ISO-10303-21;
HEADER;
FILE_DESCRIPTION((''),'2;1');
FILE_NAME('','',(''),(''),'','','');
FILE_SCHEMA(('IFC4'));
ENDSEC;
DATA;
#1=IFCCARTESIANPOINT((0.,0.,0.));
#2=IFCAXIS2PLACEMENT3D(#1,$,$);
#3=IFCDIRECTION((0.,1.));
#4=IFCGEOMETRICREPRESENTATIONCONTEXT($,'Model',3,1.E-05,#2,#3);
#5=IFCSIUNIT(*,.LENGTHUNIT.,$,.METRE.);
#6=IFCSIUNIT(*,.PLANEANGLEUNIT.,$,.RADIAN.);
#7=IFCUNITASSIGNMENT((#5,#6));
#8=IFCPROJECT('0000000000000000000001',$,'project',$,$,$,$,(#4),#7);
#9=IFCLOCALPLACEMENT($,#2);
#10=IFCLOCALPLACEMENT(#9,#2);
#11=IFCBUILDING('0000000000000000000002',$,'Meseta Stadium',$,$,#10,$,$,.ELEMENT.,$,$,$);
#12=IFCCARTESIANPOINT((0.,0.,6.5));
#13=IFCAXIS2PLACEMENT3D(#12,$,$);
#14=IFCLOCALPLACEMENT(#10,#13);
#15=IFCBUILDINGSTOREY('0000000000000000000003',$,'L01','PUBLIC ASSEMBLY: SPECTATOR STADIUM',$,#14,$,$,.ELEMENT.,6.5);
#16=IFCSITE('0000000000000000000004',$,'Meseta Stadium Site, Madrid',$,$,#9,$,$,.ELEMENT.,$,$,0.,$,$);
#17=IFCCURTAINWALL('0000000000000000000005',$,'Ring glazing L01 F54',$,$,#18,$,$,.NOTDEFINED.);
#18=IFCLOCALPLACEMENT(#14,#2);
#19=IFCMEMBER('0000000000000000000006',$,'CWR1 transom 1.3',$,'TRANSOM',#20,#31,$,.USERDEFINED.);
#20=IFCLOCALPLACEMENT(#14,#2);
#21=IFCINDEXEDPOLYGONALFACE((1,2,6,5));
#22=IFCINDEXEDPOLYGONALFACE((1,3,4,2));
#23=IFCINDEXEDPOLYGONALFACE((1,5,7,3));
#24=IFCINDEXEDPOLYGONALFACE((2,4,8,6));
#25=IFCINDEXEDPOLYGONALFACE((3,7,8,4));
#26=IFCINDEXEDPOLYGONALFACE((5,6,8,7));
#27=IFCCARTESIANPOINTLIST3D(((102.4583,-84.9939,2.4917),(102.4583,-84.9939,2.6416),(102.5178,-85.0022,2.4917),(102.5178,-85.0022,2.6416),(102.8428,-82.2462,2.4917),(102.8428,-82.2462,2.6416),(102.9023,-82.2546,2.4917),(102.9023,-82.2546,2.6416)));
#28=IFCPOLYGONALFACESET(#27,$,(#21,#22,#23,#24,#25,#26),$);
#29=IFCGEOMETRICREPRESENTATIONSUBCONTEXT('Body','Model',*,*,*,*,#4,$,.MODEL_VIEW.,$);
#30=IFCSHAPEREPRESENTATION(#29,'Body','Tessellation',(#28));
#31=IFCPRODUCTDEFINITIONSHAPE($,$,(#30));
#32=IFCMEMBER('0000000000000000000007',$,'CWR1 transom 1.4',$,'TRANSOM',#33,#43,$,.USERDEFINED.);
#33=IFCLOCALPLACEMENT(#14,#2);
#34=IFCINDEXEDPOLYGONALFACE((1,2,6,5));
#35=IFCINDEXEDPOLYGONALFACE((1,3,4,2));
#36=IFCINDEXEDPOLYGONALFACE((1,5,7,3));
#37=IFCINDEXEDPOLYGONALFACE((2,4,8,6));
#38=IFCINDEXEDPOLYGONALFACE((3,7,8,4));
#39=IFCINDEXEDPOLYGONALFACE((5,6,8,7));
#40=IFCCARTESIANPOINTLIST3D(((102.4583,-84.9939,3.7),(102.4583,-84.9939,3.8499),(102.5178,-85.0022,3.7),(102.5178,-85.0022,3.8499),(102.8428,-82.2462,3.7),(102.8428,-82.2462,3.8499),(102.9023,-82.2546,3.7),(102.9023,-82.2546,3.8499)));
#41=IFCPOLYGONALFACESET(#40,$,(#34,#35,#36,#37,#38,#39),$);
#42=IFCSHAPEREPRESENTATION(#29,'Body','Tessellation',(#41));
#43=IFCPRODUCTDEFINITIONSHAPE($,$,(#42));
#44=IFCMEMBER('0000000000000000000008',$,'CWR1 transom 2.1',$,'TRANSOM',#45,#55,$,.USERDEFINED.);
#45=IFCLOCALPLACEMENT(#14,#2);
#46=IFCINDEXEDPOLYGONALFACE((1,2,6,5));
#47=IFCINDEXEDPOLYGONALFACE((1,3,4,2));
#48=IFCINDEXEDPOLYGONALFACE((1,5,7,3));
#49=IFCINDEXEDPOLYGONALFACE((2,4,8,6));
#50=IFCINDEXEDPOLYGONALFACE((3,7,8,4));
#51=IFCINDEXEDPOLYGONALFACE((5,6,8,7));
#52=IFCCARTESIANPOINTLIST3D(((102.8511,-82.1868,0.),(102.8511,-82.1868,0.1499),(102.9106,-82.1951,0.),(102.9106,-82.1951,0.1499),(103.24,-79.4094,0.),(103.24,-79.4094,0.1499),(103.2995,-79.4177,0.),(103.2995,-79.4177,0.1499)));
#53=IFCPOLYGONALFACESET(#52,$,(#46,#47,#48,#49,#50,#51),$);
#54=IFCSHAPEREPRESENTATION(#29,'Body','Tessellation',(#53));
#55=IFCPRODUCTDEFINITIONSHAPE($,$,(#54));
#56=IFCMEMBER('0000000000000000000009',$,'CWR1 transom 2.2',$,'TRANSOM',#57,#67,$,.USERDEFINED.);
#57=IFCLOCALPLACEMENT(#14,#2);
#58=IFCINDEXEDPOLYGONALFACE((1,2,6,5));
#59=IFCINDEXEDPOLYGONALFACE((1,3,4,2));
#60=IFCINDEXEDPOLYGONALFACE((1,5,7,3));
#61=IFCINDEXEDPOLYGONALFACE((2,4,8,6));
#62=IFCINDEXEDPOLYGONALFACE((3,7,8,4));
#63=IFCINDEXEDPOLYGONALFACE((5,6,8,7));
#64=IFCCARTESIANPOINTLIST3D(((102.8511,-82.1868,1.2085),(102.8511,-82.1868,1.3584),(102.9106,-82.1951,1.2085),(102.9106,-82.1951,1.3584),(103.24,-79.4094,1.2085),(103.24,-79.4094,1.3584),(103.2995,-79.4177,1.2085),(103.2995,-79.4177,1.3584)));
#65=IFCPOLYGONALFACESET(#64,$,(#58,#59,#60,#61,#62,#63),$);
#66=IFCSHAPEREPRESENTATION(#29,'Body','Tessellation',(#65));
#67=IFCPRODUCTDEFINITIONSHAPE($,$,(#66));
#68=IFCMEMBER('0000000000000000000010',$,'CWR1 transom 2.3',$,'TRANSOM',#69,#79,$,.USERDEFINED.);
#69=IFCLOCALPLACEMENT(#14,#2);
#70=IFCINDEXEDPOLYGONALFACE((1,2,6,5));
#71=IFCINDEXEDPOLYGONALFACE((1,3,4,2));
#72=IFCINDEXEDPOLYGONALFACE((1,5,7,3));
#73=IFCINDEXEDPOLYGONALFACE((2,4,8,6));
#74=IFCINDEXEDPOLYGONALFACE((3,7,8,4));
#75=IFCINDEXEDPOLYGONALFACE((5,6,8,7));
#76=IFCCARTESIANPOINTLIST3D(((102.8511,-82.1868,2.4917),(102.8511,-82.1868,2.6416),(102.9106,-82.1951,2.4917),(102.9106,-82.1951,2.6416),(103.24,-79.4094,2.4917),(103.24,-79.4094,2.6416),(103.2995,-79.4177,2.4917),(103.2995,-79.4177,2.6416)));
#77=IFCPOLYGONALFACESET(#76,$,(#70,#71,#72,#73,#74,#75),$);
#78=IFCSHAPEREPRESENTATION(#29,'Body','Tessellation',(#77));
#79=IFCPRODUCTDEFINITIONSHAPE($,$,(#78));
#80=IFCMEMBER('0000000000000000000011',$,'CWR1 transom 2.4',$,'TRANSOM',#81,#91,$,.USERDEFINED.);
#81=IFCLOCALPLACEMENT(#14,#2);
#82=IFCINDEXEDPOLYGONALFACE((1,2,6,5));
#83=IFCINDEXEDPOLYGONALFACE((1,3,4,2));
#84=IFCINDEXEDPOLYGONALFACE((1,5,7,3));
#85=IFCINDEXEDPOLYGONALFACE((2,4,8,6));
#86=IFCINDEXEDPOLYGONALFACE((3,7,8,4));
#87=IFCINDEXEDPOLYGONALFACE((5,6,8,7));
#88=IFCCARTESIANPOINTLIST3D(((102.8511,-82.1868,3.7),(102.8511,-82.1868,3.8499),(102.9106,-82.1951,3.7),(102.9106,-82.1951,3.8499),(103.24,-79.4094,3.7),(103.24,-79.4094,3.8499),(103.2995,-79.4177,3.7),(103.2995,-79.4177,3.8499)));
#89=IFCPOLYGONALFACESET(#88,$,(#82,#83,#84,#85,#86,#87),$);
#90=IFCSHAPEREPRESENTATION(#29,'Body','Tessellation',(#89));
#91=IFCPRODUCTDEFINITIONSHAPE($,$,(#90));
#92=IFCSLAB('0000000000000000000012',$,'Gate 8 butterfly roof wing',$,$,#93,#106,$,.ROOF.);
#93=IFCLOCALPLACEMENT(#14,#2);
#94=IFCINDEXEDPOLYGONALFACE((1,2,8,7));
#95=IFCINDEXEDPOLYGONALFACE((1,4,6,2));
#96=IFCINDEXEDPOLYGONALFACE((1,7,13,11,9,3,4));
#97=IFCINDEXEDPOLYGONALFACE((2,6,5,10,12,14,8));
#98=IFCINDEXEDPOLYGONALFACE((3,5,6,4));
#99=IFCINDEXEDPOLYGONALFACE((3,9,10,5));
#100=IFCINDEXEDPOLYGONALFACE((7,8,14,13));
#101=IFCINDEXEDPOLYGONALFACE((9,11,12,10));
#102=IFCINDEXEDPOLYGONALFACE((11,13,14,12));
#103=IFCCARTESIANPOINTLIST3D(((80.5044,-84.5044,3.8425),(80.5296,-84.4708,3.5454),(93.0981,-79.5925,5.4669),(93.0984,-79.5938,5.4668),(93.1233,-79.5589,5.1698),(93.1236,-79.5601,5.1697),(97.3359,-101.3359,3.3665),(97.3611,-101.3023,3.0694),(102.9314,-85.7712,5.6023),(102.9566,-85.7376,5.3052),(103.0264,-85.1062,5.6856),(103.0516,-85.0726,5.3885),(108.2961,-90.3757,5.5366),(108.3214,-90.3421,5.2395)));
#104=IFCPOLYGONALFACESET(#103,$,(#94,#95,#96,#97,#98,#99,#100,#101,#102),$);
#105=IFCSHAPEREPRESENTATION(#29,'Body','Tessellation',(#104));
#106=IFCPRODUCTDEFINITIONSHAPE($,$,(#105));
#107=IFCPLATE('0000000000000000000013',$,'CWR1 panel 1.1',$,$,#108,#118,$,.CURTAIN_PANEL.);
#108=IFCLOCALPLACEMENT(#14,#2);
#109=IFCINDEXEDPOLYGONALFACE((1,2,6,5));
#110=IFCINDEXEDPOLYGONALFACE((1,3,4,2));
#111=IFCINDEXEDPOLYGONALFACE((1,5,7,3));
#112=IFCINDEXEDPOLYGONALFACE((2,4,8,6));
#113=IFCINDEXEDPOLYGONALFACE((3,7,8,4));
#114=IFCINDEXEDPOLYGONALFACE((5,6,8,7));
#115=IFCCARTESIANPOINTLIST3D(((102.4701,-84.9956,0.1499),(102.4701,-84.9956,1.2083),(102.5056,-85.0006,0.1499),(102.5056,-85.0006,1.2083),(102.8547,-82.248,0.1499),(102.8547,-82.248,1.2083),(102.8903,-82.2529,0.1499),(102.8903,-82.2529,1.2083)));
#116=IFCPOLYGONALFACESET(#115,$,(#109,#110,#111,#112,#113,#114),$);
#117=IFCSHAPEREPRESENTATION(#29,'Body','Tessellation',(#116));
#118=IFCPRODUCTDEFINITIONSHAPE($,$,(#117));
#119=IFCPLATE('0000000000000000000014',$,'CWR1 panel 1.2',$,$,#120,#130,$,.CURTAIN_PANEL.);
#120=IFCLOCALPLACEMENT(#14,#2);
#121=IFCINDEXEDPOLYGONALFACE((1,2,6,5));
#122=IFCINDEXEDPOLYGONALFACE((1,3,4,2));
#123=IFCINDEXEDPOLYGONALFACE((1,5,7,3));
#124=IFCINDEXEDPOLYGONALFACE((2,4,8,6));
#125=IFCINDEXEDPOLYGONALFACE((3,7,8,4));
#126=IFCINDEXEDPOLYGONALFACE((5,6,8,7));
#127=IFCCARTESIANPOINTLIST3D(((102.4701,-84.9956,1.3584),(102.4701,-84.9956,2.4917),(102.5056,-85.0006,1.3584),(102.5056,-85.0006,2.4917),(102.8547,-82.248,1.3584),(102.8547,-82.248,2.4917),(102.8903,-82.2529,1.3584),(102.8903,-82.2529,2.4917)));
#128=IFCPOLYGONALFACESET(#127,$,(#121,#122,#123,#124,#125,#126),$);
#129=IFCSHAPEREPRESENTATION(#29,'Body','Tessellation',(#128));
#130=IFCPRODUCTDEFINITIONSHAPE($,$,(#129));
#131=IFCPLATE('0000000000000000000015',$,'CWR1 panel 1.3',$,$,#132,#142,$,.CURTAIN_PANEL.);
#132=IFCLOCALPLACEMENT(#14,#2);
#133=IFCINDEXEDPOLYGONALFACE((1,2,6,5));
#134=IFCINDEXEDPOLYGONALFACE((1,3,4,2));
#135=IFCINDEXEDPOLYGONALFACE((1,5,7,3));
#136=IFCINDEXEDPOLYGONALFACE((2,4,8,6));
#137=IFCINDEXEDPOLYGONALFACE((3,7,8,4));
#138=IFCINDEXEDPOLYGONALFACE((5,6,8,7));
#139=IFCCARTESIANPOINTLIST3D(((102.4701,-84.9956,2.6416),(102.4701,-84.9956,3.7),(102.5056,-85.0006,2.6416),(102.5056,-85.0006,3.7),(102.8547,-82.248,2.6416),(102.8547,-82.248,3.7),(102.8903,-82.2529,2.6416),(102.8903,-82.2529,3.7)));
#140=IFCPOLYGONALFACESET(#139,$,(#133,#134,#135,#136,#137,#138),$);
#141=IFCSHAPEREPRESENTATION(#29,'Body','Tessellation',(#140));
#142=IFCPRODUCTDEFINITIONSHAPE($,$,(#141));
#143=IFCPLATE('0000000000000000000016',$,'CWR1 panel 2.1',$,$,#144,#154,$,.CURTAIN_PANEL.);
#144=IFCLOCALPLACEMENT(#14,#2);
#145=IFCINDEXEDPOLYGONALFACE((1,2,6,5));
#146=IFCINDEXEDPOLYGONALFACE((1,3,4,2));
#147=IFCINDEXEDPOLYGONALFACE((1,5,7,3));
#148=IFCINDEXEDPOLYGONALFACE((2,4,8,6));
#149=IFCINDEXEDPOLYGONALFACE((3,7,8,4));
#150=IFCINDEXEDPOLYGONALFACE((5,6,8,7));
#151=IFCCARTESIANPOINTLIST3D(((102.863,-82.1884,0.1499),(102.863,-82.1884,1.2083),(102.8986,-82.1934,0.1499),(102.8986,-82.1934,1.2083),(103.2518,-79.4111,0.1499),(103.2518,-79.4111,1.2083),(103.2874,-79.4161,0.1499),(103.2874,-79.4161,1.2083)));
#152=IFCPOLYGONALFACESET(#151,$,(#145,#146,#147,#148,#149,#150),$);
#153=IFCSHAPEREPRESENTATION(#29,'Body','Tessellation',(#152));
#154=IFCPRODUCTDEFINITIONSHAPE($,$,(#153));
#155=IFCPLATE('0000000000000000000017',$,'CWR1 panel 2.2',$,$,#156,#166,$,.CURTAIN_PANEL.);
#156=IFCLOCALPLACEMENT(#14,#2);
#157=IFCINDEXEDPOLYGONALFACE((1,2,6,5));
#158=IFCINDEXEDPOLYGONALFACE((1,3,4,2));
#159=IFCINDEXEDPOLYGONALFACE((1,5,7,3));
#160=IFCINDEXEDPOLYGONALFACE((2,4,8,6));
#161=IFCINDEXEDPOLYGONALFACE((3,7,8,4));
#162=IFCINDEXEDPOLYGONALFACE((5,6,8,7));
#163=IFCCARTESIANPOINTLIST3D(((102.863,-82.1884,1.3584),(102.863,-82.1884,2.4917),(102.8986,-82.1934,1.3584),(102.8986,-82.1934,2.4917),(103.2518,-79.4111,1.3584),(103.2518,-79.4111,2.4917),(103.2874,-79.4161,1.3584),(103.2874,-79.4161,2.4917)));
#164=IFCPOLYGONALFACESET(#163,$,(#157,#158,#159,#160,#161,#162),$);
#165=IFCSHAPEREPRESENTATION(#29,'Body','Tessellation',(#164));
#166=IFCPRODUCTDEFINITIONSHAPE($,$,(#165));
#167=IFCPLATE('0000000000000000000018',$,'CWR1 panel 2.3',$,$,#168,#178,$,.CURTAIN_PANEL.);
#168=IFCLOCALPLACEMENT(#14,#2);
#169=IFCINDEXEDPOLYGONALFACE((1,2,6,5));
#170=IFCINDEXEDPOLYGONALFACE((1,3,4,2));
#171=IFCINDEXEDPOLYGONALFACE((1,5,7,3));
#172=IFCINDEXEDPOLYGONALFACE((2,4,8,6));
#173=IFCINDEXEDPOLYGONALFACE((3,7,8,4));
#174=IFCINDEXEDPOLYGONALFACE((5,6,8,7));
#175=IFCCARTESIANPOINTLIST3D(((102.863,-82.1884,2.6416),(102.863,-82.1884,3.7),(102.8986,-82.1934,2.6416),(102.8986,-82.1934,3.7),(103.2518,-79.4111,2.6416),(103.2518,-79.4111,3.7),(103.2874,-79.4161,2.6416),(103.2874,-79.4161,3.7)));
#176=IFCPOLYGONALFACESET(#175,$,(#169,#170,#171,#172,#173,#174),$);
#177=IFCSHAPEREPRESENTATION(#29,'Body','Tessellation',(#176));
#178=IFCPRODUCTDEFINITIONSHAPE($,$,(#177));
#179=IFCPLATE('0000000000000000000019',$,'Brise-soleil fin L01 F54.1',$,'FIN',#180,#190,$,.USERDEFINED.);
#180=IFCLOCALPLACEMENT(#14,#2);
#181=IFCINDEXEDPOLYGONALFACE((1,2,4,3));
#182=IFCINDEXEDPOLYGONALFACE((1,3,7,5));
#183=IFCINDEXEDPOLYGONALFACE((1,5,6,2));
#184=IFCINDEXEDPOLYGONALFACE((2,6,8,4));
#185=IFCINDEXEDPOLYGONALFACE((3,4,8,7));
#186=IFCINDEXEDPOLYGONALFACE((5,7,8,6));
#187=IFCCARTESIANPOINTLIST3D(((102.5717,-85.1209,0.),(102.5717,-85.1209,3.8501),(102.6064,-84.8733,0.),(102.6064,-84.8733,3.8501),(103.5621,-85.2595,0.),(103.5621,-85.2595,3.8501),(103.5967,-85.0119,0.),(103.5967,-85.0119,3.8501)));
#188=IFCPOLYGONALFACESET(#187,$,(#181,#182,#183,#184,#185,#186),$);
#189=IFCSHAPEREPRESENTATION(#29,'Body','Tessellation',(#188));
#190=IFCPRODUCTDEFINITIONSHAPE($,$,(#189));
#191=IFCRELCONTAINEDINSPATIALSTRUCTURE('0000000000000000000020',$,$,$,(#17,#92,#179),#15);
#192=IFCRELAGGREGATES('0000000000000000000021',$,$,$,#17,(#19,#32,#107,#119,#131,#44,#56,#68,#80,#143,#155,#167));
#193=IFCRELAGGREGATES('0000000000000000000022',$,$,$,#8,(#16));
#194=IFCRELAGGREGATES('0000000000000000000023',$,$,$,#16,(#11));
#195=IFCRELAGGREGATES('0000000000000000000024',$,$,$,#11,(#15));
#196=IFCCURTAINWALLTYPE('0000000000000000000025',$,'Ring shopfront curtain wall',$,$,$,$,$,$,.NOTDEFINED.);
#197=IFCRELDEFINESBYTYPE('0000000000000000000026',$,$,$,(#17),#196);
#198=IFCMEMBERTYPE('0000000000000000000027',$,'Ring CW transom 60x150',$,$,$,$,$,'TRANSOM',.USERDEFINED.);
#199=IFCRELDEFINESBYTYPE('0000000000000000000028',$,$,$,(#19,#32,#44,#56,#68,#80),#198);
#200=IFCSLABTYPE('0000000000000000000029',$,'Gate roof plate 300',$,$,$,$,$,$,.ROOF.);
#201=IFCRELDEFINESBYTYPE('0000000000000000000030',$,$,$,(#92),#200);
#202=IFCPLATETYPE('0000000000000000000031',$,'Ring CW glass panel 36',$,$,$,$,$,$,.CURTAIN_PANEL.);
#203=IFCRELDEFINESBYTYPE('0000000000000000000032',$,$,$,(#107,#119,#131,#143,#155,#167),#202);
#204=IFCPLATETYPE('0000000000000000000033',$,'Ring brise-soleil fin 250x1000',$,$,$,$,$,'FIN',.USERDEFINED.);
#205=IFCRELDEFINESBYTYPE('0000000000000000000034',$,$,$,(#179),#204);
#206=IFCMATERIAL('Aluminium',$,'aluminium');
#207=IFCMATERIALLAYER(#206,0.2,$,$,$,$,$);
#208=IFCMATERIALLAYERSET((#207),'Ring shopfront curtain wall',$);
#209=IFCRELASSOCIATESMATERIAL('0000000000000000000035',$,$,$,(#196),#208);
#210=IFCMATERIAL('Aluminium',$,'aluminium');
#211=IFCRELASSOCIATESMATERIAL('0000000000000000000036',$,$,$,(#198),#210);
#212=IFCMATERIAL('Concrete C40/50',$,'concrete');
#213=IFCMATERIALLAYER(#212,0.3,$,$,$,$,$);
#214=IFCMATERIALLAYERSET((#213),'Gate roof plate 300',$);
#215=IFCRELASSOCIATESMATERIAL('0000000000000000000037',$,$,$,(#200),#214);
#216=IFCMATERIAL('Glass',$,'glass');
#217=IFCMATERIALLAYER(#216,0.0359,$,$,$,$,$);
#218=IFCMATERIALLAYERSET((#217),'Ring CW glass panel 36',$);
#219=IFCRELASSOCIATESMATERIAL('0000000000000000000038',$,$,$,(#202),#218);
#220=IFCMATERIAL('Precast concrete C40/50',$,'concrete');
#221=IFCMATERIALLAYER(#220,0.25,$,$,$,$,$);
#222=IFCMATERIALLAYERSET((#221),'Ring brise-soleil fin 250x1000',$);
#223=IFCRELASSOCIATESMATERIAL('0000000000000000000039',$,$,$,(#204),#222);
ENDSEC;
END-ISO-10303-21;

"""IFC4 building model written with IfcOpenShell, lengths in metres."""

from ifc_helpers import new_model, si_unit, direction, frame, origin, origin_2d, place, context, subcontext, project, spatial, polyline, rectangle, outline, extrude, material, layer, layer_set, material_profile, profile_set, type_object, element, aggregate, save


model = new_model("IFC4")

# Units and contexts
model_context = context("Model", 3, precision=1e-05, world=origin(), true_north=direction((0.0, 1.0)))
body_context = subcontext(model_context, "Body", "Model", "MODEL_VIEW")
ifc_project = project(units=[si_unit("LENGTHUNIT", "METRE"), si_unit("PLANEANGLEUNIT", "RADIAN")], contexts=[model_context])

# Site, building, storey
site_placement = place(None, origin())
site = spatial("IfcSite", under=ifc_project, at=site_placement, Name="Meseta Stadium Site, Madrid", CompositionType="ELEMENT", RefElevation=0.0)
building_placement = place(site_placement, origin())
building = spatial("IfcBuilding", under=site, at=building_placement, Name="Meseta Stadium", CompositionType="ELEMENT")
storey_placement = place(building_placement, frame((0.0, 0.0, 6.5)))
storey = spatial("IfcBuildingStorey", under=building, at=storey_placement, Name="L01", Description="PUBLIC ASSEMBLY: SPECTATOR STADIUM", CompositionType="ELEMENT", Elevation=6.5)

# Curtain wall, members
ifc_material_1 = material(Name="Aluminium", Category="aluminium")
ifc_layer_1 = layer(ifc_material_1, 0.2)
ifc_layer_set_1 = layer_set([ifc_layer_1], Name="Ring shopfront curtain wall")
curtain_wall_type = type_object("IfcCurtainWallType", Name="Ring shopfront curtain wall", PredefinedType="NOTDEFINED", material=ifc_layer_set_1)
curtain_wall_placement = place(storey_placement, origin())
curtain_wall = element("IfcCurtainWall", 1, at=curtain_wall_placement, inside=storey, type_object=curtain_wall_type, Name="Ring glazing L01 F54", PredefinedType="NOTDEFINED")
ifc_material_2 = material(Name="Aluminium", Category="aluminium")
ifc_material_profile_1 = material_profile(ifc_material_2, rectangle(XDim=0.0601, YDim=0.1499, at=origin_2d()), Name="CW 60x150")
ifc_profile_set_1 = profile_set([ifc_material_profile_1], Name="Aluminium")
member_type_1 = type_object("IfcMemberType", Name="Ring CW transom 60x150", ElementType="TRANSOM", PredefinedType="USERDEFINED", material=ifc_profile_set_1)
member_1_placement = place(storey_placement, frame((102.488, -84.998, 2.5667), z_axis=(0.1386, 0.990349, 0.0), x_axis=(-0.990349, 0.1386, 0.0)))
member_1 = element("IfcMember", 2, at=member_1_placement, type_object=member_type_1, Name="CWR1 transom 1.3", ObjectType="TRANSOM", PredefinedType="USERDEFINED", context=body_context, shape_type="SweptSolid", body=[
    extrude(rectangle(XDim=0.0601, YDim=0.1499, at=origin_2d()), origin(), (0.0, 0.0, 1.0), 2.7744),
])
member_2_placement = place(storey_placement, frame((102.488, -84.998, 3.7749), z_axis=(0.1386, 0.990349, 0.0), x_axis=(-0.990349, 0.1386, 0.0)))
member_2 = element("IfcMember", 3, at=member_2_placement, type_object=member_type_1, Name="CWR1 transom 1.4", ObjectType="TRANSOM", PredefinedType="USERDEFINED", context=body_context, shape_type="SweptSolid", body=[
    extrude(rectangle(XDim=0.0601, YDim=0.1499, at=origin_2d()), origin(), (0.0, 0.0, 1.0), 2.7744),
])
member_3_placement = place(storey_placement, frame((102.8809, -82.1909, 0.075), z_axis=(0.138679, 0.990337, 0.0), x_axis=(-0.990337, 0.138679, 0.0)))
member_3 = element("IfcMember", 4, at=member_3_placement, type_object=member_type_1, Name="CWR1 transom 2.1", ObjectType="TRANSOM", PredefinedType="USERDEFINED", context=body_context, shape_type="SweptSolid", body=[
    extrude(rectangle(XDim=0.0601, YDim=0.1499, at=origin_2d()), origin(), (0.0, 0.0, 1.0), 2.8044),
])
member_4_placement = place(storey_placement, frame((102.8809, -82.1909, 1.2834), z_axis=(0.138679, 0.990337, 0.0), x_axis=(-0.990337, 0.138679, 0.0)))
member_4 = element("IfcMember", 5, at=member_4_placement, type_object=member_type_1, Name="CWR1 transom 2.2", ObjectType="TRANSOM", PredefinedType="USERDEFINED", context=body_context, shape_type="SweptSolid", body=[
    extrude(rectangle(XDim=0.0601, YDim=0.1499, at=origin_2d()), origin(), (0.0, 0.0, 1.0), 2.8044),
])
member_5_placement = place(storey_placement, frame((102.8809, -82.1909, 2.5667), z_axis=(0.138679, 0.990337, 0.0), x_axis=(-0.990337, 0.138679, 0.0)))
member_5 = element("IfcMember", 6, at=member_5_placement, type_object=member_type_1, Name="CWR1 transom 2.3", ObjectType="TRANSOM", PredefinedType="USERDEFINED", context=body_context, shape_type="SweptSolid", body=[
    extrude(rectangle(XDim=0.0601, YDim=0.1499, at=origin_2d()), origin(), (0.0, 0.0, 1.0), 2.8044),
])
member_6_placement = place(storey_placement, frame((102.8809, -82.1909, 3.7749), z_axis=(0.138679, 0.990337, 0.0), x_axis=(-0.990337, 0.138679, 0.0)))
member_6 = element("IfcMember", 7, at=member_6_placement, type_object=member_type_1, Name="CWR1 transom 2.4", ObjectType="TRANSOM", PredefinedType="USERDEFINED", context=body_context, shape_type="SweptSolid", body=[
    extrude(rectangle(XDim=0.0601, YDim=0.1499, at=origin_2d()), origin(), (0.0, 0.0, 1.0), 2.8044),
])

# Slab
ifc_material_3 = material(Name="Concrete C40/50", Category="concrete")
ifc_layer_2 = layer(ifc_material_3, 0.3)
ifc_layer_set_2 = layer_set([ifc_layer_2], Name="Gate roof plate 300")
slab_type = type_object("IfcSlabType", Name="Gate roof plate 300", PredefinedType="ROOF", material=ifc_layer_set_2)
slab_placement = place(storey_placement, frame((102.9314, -85.7712, 5.6023), z_axis=(-0.084021, -0.112023, 0.990147), x_axis=(-0.846665, 0.531999, -0.011656)))
element("IfcSlab", 8, at=slab_placement, inside=storey, type_object=slab_type, Name="Gate 8 butterfly roof wing", PredefinedType="ROOF", context=body_context, shape_type="SweptSolid", body=[
    extrude(outline(polyline([(0.0, 0.0), (11.6141, 0.0), (11.6133, 0.0009), (19.6826, 10.9666), (-3.5169, 16.3156), (-6.991, 1.0548), (0.2724, -0.6197), (0.0, 0.0)])), origin(), (0.0, 0.0, -1.0), 0.3),
])

# Plates
ifc_material_4 = material(Name="Glass", Category="glass")
ifc_layer_3 = layer(ifc_material_4, 0.0359)
ifc_layer_set_3 = layer_set([ifc_layer_3], Name="Ring CW glass panel 36")
plate_type_1 = type_object("IfcPlateType", Name="Ring CW glass panel 36", PredefinedType="CURTAIN_PANEL", material=ifc_layer_set_3)
plate_1_placement = place(storey_placement, frame((102.6802, -83.6243, 0.1499), z_axis=(0.0, 0.0, 1.0), x_axis=(0.138643, 0.990342, 0.0)))
plate_1 = element("IfcPlate", 9, at=plate_1_placement, type_object=plate_type_1, Name="CWR1 panel 1.1", PredefinedType="CURTAIN_PANEL", context=body_context, shape_type="SweptSolid", body=[
    extrude(rectangle(XDim=2.7744, YDim=0.0359, at=origin_2d()), origin(), (0.0, 0.0, 1.0), 1.0583),
])
plate_2_placement = place(storey_placement, frame((102.6802, -83.6243, 1.3584), z_axis=(0.0, 0.0, 1.0), x_axis=(0.138643, 0.990342, 0.0)))
plate_2 = element("IfcPlate", 10, at=plate_2_placement, type_object=plate_type_1, Name="CWR1 panel 1.2", PredefinedType="CURTAIN_PANEL", context=body_context, shape_type="SweptSolid", body=[
    extrude(rectangle(XDim=2.7744, YDim=0.0359, at=origin_2d()), origin(), (0.0, 0.0, 1.0), 1.1333),
])
plate_3_placement = place(storey_placement, frame((102.6802, -83.6243, 2.6416), z_axis=(0.0, 0.0, 1.0), x_axis=(0.138643, 0.990342, 0.0)))
plate_3 = element("IfcPlate", 11, at=plate_3_placement, type_object=plate_type_1, Name="CWR1 panel 1.3", PredefinedType="CURTAIN_PANEL", context=body_context, shape_type="SweptSolid", body=[
    extrude(rectangle(XDim=2.7744, YDim=0.0359, at=origin_2d()), origin(), (0.0, 0.0, 1.0), 1.0583),
])
plate_4_placement = place(storey_placement, frame((103.0752, -80.8022, 0.1499), z_axis=(0.0, 0.0, 1.0), x_axis=(0.138643, 0.990342, 0.0)))
plate_4 = element("IfcPlate", 12, at=plate_4_placement, type_object=plate_type_1, Name="CWR1 panel 2.1", PredefinedType="CURTAIN_PANEL", context=body_context, shape_type="SweptSolid", body=[
    extrude(rectangle(XDim=2.8044, YDim=0.0359, at=origin_2d()), origin(), (0.0, 0.0, 1.0), 1.0583),
])
plate_5_placement = place(storey_placement, frame((103.0752, -80.8022, 1.3584), z_axis=(0.0, 0.0, 1.0), x_axis=(0.138643, 0.990342, 0.0)))
plate_5 = element("IfcPlate", 13, at=plate_5_placement, type_object=plate_type_1, Name="CWR1 panel 2.2", PredefinedType="CURTAIN_PANEL", context=body_context, shape_type="SweptSolid", body=[
    extrude(rectangle(XDim=2.8044, YDim=0.0359, at=origin_2d()), origin(), (0.0, 0.0, 1.0), 1.1333),
])
plate_6_placement = place(storey_placement, frame((103.0752, -80.8022, 2.6416), z_axis=(0.0, 0.0, 1.0), x_axis=(0.138643, 0.990342, 0.0)))
plate_6 = element("IfcPlate", 14, at=plate_6_placement, type_object=plate_type_1, Name="CWR1 panel 2.3", PredefinedType="CURTAIN_PANEL", context=body_context, shape_type="SweptSolid", body=[
    extrude(rectangle(XDim=2.8044, YDim=0.0359, at=origin_2d()), origin(), (0.0, 0.0, 1.0), 1.0583),
])
aggregate(curtain_wall, [member_1, member_2, plate_1, plate_2, plate_3, member_3, member_4, member_5, member_6, plate_4, plate_5, plate_6])

# Plate
ifc_material_5 = material(Name="Precast concrete C40/50", Category="concrete")
ifc_layer_4 = layer(ifc_material_5, 0.25)
ifc_layer_set_4 = layer_set([ifc_layer_4], Name="Ring brise-soleil fin 250x1000")
plate_type_2 = type_object("IfcPlateType", Name="Ring brise-soleil fin 250x1000", ElementType="FIN", PredefinedType="USERDEFINED", material=ifc_layer_set_4)
for number, where, z_axis, x_axis, name in (
    (15, (103.0842, -85.0664, 0.0), (0.0, 0.0, 1.0), (0.138641, 0.990343, 0.0), "Brise-soleil fin L01 F54.1"),
):
    element("IfcPlate", number, at=place(storey_placement, frame(where, z_axis=z_axis, x_axis=x_axis)), inside=storey, type_object=plate_type_2, Name=name, ObjectType="FIN", PredefinedType="USERDEFINED", context=body_context, shape_type="SweptSolid", body=[
        extrude(rectangle(XDim=0.25, YDim=1.0, at=origin_2d()), origin(), (0.0, 0.0, 1.0), 3.8501),
    ])

save(model, "model.ifc")
